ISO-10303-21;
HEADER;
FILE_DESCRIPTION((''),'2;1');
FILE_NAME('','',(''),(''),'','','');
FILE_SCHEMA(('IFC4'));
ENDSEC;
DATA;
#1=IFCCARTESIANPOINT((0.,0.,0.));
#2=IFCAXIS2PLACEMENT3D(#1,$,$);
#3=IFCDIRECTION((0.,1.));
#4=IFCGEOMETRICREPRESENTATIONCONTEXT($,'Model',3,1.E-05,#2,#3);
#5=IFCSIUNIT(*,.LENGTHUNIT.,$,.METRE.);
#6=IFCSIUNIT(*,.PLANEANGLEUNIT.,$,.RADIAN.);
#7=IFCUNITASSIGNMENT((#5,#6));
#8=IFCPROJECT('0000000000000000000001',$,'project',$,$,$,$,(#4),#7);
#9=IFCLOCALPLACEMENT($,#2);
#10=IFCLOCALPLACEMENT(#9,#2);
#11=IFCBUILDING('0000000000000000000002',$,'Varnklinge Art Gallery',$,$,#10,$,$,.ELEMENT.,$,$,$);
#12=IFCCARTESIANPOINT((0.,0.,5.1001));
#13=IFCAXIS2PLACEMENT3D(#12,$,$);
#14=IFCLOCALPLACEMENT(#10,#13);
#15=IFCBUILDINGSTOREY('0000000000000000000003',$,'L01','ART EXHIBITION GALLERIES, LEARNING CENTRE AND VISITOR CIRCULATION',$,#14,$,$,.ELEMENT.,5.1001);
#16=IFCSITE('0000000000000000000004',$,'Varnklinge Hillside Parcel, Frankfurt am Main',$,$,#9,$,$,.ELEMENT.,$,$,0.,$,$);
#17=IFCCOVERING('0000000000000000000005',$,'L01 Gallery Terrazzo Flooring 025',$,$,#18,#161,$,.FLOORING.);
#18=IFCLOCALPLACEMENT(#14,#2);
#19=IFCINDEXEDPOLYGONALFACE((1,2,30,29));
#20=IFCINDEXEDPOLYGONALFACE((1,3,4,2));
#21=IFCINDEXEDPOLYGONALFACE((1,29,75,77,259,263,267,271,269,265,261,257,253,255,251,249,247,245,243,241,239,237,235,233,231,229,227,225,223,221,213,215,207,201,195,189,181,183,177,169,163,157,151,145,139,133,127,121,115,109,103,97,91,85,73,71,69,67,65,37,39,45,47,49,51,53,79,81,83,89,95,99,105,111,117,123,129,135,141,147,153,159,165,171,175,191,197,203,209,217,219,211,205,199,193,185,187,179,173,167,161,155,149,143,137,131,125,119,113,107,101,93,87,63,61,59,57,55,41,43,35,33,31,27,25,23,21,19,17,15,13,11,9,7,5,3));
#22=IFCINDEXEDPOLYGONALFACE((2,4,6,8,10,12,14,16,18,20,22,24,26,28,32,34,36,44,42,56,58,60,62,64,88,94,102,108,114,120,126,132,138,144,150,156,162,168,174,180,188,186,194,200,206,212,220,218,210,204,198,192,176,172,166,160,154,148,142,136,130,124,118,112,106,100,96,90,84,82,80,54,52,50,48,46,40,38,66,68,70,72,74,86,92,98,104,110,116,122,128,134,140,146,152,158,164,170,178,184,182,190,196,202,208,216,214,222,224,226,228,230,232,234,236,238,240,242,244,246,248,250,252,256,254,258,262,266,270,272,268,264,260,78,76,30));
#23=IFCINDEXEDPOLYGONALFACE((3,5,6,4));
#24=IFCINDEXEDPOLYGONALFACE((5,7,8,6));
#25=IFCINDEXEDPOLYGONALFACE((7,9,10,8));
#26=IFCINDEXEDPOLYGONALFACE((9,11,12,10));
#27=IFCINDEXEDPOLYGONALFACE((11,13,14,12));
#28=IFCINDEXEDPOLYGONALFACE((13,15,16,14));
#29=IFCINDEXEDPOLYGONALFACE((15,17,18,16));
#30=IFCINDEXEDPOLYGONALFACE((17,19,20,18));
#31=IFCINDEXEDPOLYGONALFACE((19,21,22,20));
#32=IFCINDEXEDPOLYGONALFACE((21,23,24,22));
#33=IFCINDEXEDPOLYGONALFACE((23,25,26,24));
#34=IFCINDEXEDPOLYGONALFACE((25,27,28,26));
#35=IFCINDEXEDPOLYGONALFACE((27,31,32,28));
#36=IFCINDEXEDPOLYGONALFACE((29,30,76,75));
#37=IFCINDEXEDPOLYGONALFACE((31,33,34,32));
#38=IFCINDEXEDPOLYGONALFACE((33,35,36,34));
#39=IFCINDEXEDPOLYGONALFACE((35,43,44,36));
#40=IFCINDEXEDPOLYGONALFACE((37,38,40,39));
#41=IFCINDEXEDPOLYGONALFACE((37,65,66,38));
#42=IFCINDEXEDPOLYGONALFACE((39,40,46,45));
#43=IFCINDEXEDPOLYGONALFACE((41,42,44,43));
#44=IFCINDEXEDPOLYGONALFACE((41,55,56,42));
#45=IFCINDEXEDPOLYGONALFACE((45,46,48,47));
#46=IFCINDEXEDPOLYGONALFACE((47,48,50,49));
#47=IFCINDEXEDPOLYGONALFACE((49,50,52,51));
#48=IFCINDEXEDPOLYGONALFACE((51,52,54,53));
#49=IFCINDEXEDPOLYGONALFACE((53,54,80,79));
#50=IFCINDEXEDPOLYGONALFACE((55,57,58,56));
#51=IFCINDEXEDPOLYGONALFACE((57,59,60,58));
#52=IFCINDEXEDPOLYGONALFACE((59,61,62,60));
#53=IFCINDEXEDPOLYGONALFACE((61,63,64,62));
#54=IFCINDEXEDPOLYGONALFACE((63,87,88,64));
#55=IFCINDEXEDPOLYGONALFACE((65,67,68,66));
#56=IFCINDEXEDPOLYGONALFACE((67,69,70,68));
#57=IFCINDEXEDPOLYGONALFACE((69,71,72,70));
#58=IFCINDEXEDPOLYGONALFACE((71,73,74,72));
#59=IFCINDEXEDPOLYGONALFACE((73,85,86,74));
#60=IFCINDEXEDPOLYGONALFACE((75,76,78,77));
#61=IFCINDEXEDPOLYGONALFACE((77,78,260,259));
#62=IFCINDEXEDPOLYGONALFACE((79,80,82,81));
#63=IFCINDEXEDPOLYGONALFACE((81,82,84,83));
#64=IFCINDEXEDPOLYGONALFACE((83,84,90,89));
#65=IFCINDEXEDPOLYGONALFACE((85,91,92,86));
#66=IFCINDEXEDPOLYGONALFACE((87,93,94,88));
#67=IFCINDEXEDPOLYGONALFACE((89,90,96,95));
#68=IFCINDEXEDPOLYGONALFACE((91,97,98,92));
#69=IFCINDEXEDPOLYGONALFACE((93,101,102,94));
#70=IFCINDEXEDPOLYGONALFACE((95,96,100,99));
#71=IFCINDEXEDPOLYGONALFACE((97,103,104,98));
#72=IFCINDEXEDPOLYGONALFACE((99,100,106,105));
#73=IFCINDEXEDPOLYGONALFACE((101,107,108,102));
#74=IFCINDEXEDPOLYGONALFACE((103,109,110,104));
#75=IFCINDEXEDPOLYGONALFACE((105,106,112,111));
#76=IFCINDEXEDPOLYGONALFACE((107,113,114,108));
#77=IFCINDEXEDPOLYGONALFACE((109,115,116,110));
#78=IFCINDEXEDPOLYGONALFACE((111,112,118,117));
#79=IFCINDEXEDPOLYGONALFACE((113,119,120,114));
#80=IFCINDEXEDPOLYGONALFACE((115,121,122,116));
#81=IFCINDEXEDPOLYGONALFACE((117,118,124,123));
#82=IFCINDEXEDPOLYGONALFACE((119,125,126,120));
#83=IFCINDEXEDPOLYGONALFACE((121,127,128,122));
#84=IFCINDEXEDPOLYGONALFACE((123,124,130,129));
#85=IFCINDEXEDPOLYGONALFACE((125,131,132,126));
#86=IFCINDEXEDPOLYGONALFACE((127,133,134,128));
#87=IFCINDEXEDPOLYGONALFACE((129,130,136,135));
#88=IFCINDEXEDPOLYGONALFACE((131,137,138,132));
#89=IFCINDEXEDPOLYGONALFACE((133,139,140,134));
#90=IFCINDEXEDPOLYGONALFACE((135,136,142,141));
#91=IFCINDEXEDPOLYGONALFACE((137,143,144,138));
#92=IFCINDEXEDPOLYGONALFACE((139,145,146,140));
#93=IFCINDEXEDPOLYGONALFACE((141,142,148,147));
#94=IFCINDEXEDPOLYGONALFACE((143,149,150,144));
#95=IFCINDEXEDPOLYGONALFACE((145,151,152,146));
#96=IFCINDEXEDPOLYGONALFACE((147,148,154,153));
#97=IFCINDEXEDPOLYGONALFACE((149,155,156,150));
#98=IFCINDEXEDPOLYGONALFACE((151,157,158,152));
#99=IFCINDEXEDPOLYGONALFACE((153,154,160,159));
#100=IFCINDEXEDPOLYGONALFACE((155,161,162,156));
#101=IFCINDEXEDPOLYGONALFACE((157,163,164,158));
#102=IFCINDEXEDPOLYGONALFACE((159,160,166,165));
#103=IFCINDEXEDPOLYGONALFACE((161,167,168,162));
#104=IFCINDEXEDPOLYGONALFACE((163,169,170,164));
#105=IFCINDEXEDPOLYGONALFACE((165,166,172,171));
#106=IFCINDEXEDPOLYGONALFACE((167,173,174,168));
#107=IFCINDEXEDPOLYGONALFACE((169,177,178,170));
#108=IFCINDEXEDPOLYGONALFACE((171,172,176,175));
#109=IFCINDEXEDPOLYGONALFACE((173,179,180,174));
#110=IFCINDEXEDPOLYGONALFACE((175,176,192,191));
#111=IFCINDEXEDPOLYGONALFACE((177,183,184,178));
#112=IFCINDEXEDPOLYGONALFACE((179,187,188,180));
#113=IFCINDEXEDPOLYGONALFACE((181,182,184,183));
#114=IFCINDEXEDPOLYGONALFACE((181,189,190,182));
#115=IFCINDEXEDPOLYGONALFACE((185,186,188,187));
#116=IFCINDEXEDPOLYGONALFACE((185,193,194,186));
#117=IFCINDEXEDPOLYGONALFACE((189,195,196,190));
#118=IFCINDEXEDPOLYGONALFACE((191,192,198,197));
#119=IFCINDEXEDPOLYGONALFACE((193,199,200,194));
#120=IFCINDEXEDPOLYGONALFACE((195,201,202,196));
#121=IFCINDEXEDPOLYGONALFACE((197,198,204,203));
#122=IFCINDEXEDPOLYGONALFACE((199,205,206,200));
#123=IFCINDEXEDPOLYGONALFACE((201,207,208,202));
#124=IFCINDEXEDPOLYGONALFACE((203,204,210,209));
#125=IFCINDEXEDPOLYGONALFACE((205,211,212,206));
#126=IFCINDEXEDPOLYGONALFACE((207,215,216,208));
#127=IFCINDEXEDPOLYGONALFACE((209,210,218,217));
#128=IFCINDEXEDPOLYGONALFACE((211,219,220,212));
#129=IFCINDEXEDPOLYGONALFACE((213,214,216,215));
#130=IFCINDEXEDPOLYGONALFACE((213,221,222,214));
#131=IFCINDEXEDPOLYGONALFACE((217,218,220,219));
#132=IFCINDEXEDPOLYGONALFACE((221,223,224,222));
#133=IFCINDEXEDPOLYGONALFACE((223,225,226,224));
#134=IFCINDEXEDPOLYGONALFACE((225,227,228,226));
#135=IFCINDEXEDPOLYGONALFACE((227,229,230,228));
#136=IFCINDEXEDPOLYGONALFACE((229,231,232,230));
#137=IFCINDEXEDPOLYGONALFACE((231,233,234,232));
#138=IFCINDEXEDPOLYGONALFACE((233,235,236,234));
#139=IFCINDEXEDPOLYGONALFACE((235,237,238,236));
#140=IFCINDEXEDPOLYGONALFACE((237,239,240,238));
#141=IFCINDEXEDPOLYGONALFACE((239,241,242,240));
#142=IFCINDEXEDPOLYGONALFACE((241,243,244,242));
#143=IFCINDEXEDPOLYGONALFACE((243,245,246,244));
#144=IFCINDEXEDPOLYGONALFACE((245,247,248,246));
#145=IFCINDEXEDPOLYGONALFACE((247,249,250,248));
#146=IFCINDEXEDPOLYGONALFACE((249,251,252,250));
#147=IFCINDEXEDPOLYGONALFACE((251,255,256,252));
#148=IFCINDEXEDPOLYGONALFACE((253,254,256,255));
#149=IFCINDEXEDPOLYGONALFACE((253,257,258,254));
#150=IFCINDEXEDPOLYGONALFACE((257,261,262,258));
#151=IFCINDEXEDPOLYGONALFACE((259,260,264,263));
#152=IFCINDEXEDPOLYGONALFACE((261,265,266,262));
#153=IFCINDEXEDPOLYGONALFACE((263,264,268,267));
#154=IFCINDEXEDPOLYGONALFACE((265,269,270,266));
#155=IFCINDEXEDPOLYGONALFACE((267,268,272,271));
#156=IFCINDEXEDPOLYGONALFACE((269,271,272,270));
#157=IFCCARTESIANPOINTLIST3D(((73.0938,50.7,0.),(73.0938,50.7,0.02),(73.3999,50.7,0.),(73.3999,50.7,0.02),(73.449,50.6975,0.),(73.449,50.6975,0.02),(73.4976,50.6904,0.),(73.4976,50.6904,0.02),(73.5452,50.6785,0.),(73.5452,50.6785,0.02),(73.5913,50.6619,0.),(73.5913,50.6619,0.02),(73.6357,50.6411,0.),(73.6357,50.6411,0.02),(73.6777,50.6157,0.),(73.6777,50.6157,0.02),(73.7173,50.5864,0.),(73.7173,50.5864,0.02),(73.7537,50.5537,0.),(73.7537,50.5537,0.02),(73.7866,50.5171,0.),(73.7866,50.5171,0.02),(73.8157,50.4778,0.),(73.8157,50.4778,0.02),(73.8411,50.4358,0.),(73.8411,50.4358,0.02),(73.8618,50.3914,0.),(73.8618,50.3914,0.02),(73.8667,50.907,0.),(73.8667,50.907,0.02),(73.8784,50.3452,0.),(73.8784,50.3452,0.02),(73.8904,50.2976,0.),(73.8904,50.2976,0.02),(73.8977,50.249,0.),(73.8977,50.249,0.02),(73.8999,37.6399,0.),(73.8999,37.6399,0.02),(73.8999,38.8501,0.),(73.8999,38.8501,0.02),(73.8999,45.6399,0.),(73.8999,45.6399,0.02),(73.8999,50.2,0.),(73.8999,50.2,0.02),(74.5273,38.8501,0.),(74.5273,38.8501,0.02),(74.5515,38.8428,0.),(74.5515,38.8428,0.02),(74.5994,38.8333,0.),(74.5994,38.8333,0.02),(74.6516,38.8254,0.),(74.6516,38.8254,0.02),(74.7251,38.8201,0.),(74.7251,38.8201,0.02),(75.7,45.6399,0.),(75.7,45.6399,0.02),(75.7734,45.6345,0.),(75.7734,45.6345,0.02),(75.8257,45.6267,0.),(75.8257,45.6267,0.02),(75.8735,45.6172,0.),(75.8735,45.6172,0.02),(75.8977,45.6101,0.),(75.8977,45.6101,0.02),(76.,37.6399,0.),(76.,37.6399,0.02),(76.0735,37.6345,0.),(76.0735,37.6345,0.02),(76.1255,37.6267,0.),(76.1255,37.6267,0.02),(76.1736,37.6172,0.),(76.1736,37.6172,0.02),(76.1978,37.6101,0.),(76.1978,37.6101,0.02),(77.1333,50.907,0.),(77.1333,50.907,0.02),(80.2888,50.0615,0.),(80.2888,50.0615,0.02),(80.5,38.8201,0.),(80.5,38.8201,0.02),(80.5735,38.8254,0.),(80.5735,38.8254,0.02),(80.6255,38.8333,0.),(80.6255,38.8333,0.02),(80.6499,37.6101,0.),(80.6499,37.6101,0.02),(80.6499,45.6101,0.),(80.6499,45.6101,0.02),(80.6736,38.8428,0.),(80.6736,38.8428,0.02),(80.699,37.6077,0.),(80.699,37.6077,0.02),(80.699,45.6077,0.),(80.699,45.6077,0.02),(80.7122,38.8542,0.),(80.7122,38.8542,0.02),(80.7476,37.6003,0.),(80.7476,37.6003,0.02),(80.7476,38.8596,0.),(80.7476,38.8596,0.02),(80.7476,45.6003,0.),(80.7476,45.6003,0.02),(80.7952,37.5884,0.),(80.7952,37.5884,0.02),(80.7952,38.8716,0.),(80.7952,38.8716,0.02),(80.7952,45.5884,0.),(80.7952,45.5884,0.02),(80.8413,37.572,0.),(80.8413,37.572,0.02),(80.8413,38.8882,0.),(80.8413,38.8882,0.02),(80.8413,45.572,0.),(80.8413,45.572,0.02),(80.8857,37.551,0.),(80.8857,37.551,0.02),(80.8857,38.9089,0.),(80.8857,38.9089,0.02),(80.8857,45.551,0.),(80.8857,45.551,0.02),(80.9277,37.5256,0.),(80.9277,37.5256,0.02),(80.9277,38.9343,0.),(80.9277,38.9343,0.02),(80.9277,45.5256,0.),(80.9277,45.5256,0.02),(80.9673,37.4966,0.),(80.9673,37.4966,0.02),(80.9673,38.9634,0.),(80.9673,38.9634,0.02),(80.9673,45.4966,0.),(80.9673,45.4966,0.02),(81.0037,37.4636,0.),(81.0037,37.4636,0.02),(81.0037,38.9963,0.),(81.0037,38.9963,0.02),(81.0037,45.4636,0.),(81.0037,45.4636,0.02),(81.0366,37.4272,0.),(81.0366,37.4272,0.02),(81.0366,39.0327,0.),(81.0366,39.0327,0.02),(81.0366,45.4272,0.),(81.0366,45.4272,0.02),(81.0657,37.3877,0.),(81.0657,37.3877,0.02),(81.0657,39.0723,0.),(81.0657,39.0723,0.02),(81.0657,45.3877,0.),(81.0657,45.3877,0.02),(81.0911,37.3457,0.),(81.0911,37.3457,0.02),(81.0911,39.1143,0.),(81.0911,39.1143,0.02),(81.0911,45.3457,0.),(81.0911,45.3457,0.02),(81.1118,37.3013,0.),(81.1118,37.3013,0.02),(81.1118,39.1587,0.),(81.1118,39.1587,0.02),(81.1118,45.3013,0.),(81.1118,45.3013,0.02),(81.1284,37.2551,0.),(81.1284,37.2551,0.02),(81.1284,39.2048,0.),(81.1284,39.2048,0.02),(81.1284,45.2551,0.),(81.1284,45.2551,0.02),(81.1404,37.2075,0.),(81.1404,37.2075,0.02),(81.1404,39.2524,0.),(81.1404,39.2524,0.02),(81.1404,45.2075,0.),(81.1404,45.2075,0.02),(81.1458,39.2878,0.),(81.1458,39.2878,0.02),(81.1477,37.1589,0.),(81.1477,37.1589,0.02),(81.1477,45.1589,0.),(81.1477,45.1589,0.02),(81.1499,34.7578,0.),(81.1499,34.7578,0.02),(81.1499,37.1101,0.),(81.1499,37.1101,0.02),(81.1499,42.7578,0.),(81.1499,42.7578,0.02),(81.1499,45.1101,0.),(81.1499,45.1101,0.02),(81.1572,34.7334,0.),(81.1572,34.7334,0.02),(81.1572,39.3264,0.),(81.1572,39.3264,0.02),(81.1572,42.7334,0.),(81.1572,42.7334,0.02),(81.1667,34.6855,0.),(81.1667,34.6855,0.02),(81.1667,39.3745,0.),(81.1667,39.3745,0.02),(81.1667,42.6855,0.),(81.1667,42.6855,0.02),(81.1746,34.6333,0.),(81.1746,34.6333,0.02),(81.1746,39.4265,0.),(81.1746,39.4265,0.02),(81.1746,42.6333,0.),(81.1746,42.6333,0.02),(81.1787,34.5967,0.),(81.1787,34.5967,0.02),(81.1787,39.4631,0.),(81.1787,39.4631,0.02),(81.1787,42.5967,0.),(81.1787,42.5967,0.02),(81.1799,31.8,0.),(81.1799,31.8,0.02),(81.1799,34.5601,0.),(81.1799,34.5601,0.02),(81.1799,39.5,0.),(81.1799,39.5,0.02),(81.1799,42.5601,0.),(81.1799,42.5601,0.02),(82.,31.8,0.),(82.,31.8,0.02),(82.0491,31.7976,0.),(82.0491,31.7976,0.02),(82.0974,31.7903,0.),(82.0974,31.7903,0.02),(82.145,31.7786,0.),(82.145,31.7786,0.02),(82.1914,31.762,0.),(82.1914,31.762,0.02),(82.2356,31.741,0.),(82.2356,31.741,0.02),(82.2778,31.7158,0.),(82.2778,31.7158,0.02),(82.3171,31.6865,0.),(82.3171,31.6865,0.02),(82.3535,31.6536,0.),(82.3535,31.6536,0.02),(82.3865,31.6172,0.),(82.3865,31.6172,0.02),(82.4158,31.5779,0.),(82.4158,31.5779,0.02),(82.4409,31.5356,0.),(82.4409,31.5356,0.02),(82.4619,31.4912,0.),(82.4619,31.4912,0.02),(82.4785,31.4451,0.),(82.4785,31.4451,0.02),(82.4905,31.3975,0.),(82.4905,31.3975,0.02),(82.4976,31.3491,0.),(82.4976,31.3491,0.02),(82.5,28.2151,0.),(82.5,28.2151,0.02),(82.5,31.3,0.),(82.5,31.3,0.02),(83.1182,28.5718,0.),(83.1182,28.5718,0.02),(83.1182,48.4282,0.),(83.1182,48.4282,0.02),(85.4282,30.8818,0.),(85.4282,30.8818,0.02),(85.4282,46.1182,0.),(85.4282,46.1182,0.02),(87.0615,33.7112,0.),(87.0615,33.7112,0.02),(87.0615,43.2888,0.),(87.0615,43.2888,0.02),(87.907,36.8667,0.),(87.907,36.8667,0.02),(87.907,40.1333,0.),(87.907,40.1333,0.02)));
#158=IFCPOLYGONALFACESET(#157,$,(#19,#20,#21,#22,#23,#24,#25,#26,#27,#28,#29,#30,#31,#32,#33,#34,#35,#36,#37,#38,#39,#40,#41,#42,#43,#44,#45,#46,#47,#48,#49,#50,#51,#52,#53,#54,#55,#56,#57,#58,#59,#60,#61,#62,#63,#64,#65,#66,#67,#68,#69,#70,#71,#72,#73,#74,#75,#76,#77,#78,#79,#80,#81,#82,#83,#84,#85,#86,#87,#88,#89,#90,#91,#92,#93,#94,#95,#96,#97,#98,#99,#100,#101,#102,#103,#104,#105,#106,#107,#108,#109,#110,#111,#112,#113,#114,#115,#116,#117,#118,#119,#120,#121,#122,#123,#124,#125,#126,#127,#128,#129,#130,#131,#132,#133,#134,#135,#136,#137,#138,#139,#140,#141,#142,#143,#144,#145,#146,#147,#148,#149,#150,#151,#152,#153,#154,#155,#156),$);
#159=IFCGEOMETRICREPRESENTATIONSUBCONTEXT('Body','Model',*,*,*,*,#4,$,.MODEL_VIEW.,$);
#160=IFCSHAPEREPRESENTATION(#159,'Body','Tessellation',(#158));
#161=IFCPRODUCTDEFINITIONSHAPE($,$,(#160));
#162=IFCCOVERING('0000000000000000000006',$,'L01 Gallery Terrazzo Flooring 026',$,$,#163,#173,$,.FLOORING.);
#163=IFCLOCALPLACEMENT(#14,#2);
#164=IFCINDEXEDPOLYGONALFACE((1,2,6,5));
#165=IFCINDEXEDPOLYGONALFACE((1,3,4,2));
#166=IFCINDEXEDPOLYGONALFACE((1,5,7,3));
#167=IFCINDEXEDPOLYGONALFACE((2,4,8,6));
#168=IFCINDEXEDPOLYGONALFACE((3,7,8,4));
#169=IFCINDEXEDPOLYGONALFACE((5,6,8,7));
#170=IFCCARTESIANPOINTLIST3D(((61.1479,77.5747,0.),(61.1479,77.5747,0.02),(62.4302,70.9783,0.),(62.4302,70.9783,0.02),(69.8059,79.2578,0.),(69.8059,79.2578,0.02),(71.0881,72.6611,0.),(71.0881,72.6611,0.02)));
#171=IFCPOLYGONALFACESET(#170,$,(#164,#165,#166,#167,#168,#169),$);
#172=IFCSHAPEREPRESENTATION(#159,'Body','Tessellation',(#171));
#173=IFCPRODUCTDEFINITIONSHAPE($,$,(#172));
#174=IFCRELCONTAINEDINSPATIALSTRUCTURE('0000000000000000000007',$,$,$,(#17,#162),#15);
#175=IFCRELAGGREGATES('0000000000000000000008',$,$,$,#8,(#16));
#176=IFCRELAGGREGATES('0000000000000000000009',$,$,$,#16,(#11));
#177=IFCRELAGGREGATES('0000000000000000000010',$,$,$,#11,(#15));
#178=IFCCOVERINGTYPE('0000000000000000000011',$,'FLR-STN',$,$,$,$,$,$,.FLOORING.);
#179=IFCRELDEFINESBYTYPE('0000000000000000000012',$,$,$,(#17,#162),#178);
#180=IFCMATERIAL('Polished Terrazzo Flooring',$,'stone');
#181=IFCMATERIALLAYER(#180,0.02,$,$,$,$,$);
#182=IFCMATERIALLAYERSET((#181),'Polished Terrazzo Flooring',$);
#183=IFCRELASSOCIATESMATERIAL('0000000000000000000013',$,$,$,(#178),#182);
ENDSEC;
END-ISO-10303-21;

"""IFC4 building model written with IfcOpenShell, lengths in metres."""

from ifc_helpers import new_model, si_unit, direction, frame, origin, place, context, subcontext, project, spatial, polyline, outline, extrude, material, layer, layer_set, type_object, element, save


model = new_model("IFC4")

# Units and contexts
model_context = context("Model", 3, precision=1e-05, world=origin(), true_north=direction((0.0, 1.0)))
body_context = subcontext(model_context, "Body", "Model", "MODEL_VIEW")
ifc_project = project(units=[si_unit("LENGTHUNIT", "METRE"), si_unit("PLANEANGLEUNIT", "RADIAN")], contexts=[model_context])

# Site, building, storey
site_placement = place(None, origin())
site = spatial("IfcSite", under=ifc_project, at=site_placement, Name="Varnklinge Hillside Parcel, Frankfurt am Main", CompositionType="ELEMENT", RefElevation=0.0)
building_placement = place(site_placement, origin())
building = spatial("IfcBuilding", under=site, at=building_placement, Name="Varnklinge Art Gallery", CompositionType="ELEMENT")
storey_placement = place(building_placement, frame((0.0, 0.0, 5.1001)))
storey = spatial("IfcBuildingStorey", under=building, at=storey_placement, Name="L01", Description="ART EXHIBITION GALLERIES, LEARNING CENTRE AND VISITOR CIRCULATION", CompositionType="ELEMENT", Elevation=5.1001)

# Coverings
ifc_material_1 = material(Name="Polished Terrazzo Flooring", Category="stone")
ifc_layer_1 = layer(ifc_material_1, 0.02)
ifc_layer_set_1 = layer_set([ifc_layer_1], Name="Polished Terrazzo Flooring")
covering_type_1 = type_object("IfcCoveringType", Name="FLR-STN", PredefinedType="FLOORING", material=ifc_layer_set_1)
covering_1_placement = place(storey_placement, origin())
element("IfcCovering", 1, at=covering_1_placement, inside=storey, type_object=covering_type_1, Name="L01 Gallery Terrazzo Flooring 025", PredefinedType="FLOORING", context=body_context, shape_type="SweptSolid", body=[
    extrude(outline(polyline([(73.3999, 50.7), (73.449, 50.6975), (73.4976, 50.6904), (73.5452, 50.6785), (73.5913, 50.6619), (73.6357, 50.6411), (73.6777, 50.6157), (73.7173, 50.5864), (73.7537, 50.5537), (73.7866, 50.5171), (73.8157, 50.4778), (73.8411, 50.4358), (73.8618, 50.3914), (73.8784, 50.3452), (73.8904, 50.2976), (73.8977, 50.249), (73.8999, 50.2), (73.8999, 45.6399), (75.7, 45.6399), (75.7734, 45.6345), (75.8257, 45.6267), (75.8735, 45.6172), (75.8977, 45.6101), (80.6499, 45.6101), (80.699, 45.6077), (80.7476, 45.6003), (80.7952, 45.5884), (80.8413, 45.572), (80.8857, 45.551), (80.9277, 45.5256), (80.9673, 45.4966), (81.0037, 45.4636), (81.0366, 45.4272), (81.0657, 45.3877), (81.0911, 45.3457), (81.1118, 45.3013), (81.1284, 45.2551), (81.1404, 45.2075), (81.1477, 45.1589), (81.1499, 45.1101), (81.1499, 42.7578), (81.1572, 42.7334), (81.1667, 42.6855), (81.1746, 42.6333), (81.1787, 42.5967), (81.1799, 42.5601), (81.1799, 39.5), (81.1787, 39.4631), (81.1746, 39.4265), (81.1667, 39.3745), (81.1572, 39.3264), (81.1458, 39.2878), (81.1404, 39.2524), (81.1284, 39.2048), (81.1118, 39.1587), (81.0911, 39.1143), (81.0657, 39.0723), (81.0366, 39.0327), (81.0037, 38.9963), (80.9673, 38.9634), (80.9277, 38.9343), (80.8857, 38.9089), (80.8413, 38.8882), (80.7952, 38.8716), (80.7476, 38.8596), (80.7122, 38.8542), (80.6736, 38.8428), (80.6255, 38.8333), (80.5735, 38.8254), (80.5, 38.8201), (74.7251, 38.8201), (74.6516, 38.8254), (74.5994, 38.8333), (74.5515, 38.8428), (74.5273, 38.8501), (73.8999, 38.8501), (73.8999, 37.6399), (76.0, 37.6399), (76.0735, 37.6345), (76.1255, 37.6267), (76.1736, 37.6172), (76.1978, 37.6101), (80.6499, 37.6101), (80.699, 37.6077), (80.7476, 37.6003), (80.7952, 37.5884), (80.8413, 37.572), (80.8857, 37.551), (80.9277, 37.5256), (80.9673, 37.4966), (81.0037, 37.4636), (81.0366, 37.4272), (81.0657, 37.3877), (81.0911, 37.3457), (81.1118, 37.3013), (81.1284, 37.2551), (81.1404, 37.2075), (81.1477, 37.1589), (81.1499, 37.1101), (81.1499, 34.7578), (81.1572, 34.7334), (81.1667, 34.6855), (81.1746, 34.6333), (81.1787, 34.5967), (81.1799, 34.5601), (81.1799, 31.8), (82.0, 31.8), (82.0491, 31.7976), (82.0974, 31.7903), (82.145, 31.7786), (82.1914, 31.762), (82.2356, 31.741), (82.2778, 31.7158), (82.3171, 31.6865), (82.3535, 31.6536), (82.3865, 31.6172), (82.4158, 31.5779), (82.4409, 31.5356), (82.4619, 31.4912), (82.4785, 31.4451), (82.4905, 31.3975), (82.4976, 31.3491), (82.5, 31.3), (82.5, 28.2151), (83.1182, 28.5718), (85.4282, 30.8818), (87.0615, 33.7112), (87.907, 36.8667), (87.907, 40.1333), (87.0615, 43.2888), (85.4282, 46.1182), (83.1182, 48.4282), (80.2888, 50.0615), (77.1333, 50.907), (73.8667, 50.907), (73.0938, 50.7), (73.3999, 50.7)])), origin(), (0.0, 0.0, 1.0), 0.02),
])
covering_2_placement = place(storey_placement, origin())
element("IfcCovering", 2, at=covering_2_placement, inside=storey, type_object=covering_type_1, Name="L01 Gallery Terrazzo Flooring 026", PredefinedType="FLOORING", context=body_context, shape_type="SweptSolid", body=[
    extrude(outline(polyline([(71.0881, 72.6611), (69.8059, 79.2578), (61.1479, 77.5747), (62.4302, 70.9783), (71.0881, 72.6611)])), origin(), (0.0, 0.0, 1.0), 0.02),
])

save(model, "model.ifc")
